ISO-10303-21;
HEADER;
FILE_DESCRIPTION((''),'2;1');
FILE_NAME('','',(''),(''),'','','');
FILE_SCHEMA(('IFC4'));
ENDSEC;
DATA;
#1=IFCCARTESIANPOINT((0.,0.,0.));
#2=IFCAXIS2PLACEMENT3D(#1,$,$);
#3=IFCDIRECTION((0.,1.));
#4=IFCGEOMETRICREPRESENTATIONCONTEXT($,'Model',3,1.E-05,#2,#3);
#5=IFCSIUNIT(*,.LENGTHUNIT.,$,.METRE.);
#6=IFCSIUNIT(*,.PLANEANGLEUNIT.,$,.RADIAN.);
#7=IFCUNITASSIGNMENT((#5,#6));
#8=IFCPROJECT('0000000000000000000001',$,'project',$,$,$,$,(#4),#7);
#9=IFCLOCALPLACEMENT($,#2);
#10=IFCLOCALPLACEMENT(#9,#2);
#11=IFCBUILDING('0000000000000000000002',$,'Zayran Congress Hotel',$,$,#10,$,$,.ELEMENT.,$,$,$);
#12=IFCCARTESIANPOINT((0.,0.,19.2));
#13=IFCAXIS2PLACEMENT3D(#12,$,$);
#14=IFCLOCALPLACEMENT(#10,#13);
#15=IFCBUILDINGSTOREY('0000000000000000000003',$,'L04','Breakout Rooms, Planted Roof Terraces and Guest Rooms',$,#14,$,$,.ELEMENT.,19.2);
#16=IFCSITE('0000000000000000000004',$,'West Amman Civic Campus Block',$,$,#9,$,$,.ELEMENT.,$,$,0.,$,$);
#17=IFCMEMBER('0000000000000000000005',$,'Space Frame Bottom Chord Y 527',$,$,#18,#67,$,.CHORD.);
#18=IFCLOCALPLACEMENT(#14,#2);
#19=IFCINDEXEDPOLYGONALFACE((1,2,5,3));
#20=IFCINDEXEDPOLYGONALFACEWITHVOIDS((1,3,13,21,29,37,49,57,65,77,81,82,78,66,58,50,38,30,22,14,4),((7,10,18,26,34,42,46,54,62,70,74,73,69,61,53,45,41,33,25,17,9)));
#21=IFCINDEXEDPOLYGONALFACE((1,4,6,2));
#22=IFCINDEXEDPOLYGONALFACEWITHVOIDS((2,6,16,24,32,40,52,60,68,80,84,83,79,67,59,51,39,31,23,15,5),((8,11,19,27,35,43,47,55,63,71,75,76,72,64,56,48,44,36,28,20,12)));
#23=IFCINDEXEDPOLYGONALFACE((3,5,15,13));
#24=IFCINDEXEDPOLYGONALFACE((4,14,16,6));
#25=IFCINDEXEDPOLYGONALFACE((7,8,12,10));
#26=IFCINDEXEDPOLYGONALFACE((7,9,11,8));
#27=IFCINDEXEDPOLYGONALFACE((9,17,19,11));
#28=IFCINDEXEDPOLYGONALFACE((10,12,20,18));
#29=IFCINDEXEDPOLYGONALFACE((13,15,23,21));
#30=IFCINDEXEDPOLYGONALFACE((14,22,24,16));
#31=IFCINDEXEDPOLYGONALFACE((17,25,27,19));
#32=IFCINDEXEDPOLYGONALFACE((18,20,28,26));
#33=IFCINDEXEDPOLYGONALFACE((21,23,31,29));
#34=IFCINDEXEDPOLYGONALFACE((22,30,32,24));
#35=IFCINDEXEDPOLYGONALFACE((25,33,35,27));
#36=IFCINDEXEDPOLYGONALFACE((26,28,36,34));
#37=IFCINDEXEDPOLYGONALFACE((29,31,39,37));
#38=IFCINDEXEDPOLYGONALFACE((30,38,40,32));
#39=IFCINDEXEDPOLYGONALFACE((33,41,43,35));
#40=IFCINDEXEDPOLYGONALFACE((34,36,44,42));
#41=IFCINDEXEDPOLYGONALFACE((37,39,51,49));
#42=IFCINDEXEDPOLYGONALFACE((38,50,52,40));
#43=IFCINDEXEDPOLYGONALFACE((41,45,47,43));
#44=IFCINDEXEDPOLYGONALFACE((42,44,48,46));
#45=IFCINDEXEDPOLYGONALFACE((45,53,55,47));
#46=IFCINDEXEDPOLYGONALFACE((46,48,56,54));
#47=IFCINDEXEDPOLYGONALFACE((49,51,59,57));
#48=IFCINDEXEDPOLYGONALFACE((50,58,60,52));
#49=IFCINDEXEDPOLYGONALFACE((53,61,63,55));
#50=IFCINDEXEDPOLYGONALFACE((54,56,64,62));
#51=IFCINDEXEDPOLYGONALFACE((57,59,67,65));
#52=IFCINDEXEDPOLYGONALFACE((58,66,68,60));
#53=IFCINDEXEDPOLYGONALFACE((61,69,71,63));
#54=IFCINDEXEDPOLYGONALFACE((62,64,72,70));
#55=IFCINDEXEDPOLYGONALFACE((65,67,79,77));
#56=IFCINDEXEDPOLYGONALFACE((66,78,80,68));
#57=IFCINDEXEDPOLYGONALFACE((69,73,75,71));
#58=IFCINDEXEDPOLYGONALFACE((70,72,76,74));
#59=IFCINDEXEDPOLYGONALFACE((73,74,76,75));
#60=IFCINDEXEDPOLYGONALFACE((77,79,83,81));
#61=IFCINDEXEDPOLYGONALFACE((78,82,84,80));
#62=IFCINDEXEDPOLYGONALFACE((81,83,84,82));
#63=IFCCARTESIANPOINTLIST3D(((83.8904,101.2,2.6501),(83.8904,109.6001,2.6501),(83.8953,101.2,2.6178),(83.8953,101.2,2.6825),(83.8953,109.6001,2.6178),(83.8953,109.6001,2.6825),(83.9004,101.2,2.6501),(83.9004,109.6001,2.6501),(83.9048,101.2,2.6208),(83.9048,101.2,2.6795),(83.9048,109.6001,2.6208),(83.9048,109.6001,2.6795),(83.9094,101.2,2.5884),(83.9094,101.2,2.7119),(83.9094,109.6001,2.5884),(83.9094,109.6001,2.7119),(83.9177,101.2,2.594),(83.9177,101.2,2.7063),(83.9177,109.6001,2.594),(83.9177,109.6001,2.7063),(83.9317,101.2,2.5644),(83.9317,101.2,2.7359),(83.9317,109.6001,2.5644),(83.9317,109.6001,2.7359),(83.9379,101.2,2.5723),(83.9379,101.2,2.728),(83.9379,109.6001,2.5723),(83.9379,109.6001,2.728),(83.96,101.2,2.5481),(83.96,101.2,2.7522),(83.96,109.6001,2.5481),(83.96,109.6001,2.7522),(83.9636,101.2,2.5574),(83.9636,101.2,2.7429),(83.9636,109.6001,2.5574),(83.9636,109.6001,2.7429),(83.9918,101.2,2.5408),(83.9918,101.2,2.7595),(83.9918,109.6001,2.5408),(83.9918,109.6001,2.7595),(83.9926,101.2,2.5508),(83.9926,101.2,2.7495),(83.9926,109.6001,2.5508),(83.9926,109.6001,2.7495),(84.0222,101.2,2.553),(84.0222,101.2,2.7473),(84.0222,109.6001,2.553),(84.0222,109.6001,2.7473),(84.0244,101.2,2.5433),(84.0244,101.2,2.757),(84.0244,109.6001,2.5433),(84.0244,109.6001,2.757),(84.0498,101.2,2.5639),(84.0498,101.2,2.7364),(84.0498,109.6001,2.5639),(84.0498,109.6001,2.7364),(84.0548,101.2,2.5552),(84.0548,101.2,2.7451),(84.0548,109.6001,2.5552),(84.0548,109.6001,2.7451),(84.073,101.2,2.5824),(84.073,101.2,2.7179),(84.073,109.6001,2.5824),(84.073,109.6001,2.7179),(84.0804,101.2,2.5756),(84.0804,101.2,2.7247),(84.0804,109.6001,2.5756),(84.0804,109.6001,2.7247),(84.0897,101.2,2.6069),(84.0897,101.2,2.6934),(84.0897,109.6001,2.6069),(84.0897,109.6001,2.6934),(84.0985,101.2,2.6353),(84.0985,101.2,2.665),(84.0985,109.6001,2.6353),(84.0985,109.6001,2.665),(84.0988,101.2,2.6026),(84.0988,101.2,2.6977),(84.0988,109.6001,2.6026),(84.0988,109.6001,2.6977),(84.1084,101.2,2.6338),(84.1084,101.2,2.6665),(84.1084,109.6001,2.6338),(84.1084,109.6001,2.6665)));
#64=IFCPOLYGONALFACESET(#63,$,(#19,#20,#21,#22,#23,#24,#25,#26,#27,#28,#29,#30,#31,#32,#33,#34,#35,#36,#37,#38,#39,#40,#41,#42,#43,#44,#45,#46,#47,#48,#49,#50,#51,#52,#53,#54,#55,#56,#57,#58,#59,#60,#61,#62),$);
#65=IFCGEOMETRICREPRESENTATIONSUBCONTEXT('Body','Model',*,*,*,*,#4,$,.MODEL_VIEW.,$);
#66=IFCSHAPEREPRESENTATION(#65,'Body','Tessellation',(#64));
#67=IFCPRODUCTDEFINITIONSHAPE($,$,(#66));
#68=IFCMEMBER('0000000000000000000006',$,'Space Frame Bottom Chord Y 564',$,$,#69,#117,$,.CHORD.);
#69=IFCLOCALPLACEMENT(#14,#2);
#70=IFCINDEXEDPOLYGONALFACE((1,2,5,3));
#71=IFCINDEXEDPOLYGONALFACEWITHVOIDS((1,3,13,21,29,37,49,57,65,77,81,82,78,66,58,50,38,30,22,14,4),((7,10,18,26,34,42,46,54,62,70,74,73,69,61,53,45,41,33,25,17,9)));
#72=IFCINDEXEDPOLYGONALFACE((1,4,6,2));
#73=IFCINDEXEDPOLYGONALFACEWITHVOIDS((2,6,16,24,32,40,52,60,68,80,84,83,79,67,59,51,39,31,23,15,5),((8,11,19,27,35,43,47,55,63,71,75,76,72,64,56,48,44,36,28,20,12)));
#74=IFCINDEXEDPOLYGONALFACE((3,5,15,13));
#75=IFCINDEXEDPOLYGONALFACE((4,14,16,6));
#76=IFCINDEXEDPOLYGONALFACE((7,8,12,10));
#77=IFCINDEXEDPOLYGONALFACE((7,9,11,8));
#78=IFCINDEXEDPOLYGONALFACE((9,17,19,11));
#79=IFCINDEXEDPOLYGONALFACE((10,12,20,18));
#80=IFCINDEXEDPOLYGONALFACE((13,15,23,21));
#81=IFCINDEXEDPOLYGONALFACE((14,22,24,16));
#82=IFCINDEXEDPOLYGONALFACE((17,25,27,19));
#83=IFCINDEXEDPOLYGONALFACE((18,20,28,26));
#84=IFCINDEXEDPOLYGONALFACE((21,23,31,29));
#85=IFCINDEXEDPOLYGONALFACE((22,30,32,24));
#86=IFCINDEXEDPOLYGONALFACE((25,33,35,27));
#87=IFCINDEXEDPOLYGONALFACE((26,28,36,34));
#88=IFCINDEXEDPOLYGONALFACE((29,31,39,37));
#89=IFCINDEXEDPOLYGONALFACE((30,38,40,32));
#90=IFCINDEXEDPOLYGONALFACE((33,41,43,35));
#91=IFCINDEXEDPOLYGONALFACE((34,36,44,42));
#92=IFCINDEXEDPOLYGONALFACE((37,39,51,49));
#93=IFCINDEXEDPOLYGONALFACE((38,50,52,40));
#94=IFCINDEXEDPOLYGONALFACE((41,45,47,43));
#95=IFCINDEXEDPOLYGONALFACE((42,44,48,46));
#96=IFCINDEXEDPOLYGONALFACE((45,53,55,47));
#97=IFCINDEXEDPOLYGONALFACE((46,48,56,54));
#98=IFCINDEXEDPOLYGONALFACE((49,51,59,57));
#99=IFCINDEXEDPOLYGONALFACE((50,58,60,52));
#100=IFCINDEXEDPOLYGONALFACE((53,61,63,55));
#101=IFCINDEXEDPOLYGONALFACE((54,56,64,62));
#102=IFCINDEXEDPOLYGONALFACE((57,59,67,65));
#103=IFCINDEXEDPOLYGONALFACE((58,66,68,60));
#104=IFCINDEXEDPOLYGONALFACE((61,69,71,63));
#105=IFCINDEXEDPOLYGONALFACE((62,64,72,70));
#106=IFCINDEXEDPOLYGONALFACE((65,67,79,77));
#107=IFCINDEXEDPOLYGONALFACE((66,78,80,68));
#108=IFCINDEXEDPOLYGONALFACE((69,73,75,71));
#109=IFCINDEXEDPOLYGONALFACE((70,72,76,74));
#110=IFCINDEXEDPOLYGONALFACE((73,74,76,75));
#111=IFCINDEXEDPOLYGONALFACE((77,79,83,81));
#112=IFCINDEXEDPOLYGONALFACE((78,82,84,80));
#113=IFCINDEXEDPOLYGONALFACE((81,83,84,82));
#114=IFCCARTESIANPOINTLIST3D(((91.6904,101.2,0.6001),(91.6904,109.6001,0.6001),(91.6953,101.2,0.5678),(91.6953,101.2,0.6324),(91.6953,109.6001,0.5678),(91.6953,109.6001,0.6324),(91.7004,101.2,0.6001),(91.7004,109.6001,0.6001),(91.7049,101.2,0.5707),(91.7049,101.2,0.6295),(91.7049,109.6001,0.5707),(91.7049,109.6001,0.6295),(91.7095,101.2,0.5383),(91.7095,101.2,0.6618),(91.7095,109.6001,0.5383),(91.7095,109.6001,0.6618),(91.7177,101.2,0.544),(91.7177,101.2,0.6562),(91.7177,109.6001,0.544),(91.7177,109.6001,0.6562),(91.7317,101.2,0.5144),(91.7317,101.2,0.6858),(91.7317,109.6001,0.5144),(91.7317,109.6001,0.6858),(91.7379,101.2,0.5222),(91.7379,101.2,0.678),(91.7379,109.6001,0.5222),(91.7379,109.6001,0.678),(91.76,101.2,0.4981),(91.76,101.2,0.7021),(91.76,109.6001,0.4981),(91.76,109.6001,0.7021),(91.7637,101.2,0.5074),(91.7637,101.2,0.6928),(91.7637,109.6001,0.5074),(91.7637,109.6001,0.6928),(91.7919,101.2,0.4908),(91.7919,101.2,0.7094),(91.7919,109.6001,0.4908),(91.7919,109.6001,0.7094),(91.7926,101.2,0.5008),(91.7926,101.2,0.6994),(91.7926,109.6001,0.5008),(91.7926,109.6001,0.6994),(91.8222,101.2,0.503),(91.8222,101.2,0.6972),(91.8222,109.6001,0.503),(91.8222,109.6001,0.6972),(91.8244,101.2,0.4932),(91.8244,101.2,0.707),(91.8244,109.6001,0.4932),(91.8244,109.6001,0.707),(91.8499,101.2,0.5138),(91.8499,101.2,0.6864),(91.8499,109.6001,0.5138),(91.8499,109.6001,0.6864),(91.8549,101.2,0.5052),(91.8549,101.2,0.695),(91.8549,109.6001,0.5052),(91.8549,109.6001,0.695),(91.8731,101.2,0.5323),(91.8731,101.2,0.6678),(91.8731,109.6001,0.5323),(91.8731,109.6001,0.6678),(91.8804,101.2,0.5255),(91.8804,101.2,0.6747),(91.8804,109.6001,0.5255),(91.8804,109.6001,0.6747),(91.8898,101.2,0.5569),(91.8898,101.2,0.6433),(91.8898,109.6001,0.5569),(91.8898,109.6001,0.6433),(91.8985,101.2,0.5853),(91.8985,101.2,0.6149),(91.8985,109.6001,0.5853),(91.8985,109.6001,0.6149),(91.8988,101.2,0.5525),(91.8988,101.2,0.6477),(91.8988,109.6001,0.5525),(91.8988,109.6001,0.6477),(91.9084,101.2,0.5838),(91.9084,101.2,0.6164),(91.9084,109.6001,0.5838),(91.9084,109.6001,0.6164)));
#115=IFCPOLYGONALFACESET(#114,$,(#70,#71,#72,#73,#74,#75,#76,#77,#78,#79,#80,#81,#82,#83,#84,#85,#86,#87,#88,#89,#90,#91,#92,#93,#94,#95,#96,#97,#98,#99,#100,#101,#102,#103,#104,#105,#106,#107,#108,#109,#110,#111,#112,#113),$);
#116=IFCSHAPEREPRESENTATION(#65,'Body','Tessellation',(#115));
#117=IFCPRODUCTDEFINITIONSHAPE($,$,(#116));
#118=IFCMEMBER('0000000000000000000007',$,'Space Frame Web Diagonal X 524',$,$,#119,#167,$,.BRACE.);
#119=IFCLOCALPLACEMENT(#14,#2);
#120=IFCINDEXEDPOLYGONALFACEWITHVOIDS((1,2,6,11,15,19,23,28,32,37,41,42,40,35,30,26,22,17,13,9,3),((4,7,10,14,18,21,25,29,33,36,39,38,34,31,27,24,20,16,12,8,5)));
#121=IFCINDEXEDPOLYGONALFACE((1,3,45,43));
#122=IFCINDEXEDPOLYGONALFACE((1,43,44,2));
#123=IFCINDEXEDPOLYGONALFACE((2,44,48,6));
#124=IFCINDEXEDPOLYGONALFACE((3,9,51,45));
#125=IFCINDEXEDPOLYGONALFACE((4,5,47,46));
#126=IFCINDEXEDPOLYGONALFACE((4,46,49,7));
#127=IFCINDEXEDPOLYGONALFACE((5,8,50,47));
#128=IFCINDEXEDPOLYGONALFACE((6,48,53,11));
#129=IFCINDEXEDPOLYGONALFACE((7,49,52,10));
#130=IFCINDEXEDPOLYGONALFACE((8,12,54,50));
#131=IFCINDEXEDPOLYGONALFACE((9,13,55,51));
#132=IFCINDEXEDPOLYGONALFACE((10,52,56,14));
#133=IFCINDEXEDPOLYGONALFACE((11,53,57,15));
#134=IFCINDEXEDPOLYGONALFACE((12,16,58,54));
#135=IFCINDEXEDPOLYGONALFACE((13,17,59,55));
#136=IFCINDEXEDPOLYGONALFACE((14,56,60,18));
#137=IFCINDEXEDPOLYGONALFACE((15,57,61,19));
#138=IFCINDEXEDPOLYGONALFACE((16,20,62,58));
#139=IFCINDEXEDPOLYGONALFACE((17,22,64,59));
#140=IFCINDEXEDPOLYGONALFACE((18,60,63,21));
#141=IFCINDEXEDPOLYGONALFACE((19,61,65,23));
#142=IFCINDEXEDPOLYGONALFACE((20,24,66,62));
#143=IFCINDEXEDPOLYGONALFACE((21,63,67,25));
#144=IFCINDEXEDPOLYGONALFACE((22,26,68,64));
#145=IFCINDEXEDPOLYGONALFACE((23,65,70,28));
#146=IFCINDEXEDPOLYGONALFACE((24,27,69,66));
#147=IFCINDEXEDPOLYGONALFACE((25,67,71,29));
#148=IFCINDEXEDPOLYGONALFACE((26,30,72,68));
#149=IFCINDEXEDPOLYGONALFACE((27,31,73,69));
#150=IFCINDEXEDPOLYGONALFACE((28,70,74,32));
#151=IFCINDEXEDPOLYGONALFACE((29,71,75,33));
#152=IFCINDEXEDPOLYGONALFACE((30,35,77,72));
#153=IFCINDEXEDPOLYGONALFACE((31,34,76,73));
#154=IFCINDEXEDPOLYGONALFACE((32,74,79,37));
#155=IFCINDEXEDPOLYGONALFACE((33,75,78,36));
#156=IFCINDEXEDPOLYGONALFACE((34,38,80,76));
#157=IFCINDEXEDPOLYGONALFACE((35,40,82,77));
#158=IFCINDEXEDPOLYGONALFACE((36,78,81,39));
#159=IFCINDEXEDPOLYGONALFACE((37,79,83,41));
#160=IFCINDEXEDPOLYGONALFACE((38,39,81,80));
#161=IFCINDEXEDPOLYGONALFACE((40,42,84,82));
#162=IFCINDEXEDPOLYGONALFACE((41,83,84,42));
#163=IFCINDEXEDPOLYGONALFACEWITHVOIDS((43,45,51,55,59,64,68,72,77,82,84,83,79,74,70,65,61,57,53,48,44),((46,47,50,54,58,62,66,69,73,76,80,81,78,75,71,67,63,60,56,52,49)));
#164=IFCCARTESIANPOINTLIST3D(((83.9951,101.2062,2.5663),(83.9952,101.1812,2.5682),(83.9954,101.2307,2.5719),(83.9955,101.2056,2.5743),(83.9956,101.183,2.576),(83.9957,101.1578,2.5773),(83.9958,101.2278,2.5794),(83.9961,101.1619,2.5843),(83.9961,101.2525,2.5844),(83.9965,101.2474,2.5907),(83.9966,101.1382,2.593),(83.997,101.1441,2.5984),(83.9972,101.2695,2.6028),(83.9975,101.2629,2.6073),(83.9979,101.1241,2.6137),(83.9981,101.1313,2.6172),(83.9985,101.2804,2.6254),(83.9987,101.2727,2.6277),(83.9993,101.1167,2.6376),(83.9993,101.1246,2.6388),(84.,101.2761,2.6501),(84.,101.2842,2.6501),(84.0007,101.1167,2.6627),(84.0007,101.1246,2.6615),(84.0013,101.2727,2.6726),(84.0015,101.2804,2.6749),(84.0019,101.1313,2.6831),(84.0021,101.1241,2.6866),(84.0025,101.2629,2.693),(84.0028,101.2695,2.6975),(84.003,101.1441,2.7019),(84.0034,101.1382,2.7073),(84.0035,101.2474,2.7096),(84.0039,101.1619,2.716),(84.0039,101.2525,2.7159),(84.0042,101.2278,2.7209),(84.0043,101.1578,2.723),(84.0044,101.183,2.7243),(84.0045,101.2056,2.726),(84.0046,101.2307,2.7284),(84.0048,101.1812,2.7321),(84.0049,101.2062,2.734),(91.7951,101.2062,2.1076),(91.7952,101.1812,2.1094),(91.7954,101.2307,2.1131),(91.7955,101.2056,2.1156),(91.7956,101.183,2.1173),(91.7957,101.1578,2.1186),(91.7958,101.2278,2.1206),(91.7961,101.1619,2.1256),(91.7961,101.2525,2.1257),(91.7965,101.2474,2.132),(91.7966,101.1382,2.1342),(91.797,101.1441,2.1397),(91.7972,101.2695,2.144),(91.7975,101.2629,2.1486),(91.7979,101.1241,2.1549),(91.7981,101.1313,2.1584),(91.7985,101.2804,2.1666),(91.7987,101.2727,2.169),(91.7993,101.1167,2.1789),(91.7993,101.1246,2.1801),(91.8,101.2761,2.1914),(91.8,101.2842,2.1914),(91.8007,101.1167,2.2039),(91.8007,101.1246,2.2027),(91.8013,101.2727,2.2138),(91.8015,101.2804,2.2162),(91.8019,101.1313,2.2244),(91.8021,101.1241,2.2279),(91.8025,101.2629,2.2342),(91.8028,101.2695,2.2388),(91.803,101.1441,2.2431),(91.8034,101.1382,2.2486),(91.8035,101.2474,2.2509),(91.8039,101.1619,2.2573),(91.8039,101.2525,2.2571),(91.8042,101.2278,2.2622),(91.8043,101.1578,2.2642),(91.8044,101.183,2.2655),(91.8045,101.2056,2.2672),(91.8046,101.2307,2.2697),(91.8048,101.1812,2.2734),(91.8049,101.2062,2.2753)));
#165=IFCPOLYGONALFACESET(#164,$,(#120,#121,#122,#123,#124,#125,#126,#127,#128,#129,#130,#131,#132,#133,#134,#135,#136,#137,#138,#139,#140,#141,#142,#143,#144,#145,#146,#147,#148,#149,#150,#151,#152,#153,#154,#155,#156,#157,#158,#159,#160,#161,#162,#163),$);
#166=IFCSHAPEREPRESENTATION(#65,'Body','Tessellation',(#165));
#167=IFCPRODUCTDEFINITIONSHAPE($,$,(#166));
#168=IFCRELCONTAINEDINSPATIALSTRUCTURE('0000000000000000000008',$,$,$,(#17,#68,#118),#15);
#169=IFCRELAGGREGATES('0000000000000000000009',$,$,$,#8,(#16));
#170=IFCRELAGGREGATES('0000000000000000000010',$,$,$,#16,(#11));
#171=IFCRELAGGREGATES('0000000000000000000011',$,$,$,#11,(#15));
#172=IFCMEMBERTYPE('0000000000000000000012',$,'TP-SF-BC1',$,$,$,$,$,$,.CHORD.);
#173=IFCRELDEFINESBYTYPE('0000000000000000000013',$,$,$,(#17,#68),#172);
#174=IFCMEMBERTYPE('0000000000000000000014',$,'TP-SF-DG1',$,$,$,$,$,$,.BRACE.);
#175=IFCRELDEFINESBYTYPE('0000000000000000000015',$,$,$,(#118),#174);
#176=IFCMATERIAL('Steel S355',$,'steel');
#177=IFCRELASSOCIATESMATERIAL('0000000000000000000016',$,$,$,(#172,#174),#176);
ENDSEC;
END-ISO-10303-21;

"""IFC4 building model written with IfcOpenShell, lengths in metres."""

from ifc_helpers import new_model, si_unit, direction, frame, origin, origin_2d, place, context, subcontext, project, spatial, hollow_circle, extrude, material, material_profile, profile_set, type_object, element, save


model = new_model("IFC4")

# Units and contexts
model_context = context("Model", 3, precision=1e-05, world=origin(), true_north=direction((0.0, 1.0)))
body_context = subcontext(model_context, "Body", "Model", "MODEL_VIEW")
ifc_project = project(units=[si_unit("LENGTHUNIT", "METRE"), si_unit("PLANEANGLEUNIT", "RADIAN")], contexts=[model_context])

# Site, building, storey
site_placement = place(None, origin())
site = spatial("IfcSite", under=ifc_project, at=site_placement, Name="West Amman Civic Campus Block", CompositionType="ELEMENT", RefElevation=0.0)
building_placement = place(site_placement, origin())
building = spatial("IfcBuilding", under=site, at=building_placement, Name="Zayran Congress Hotel", CompositionType="ELEMENT")
storey_placement = place(building_placement, frame((0.0, 0.0, 19.2)))
storey = spatial("IfcBuildingStorey", under=building, at=storey_placement, Name="L04", Description="Breakout Rooms, Planted Roof Terraces and Guest Rooms", CompositionType="ELEMENT", Elevation=19.2)

# Shared definitions
ifc_material = material(Name="Steel S355", Category="steel")

# Members
ifc_material_profile_1 = material_profile(ifc_material, hollow_circle(Radius=0.1096, WallThickness=0.01, at=origin_2d()), Name="CHS 219.1x10")
ifc_profile_set_1 = profile_set([ifc_material_profile_1], Name="Steel S355")
member_type_1 = type_object("IfcMemberType", Name="TP-SF-BC1", PredefinedType="CHORD", material=ifc_profile_set_1)
for number, where, z_axis, x_axis, name in (
    (1, (84.0, 101.2, 2.6501), (0.0, 1.0, 0.0), (-1.0, 0.0, 0.0), "Space Frame Bottom Chord Y 527"),
    (2, (91.8, 101.2, 0.6001), (0.0, 1.0, 0.0), (-1.0, 0.0, 0.0), "Space Frame Bottom Chord Y 564"),
):
    element("IfcMember", number, at=place(storey_placement, frame(where, z_axis=z_axis, x_axis=x_axis)), inside=storey, type_object=member_type_1, Name=name, PredefinedType="CHORD", context=body_context, shape_type="SweptSolid", body=[
        extrude(hollow_circle(Radius=0.1096, WallThickness=0.01, at=origin_2d()), origin(), (0.0, 0.0, 1.0), 8.4001),
    ])
ifc_material_profile_2 = material_profile(ifc_material, hollow_circle(Radius=0.0842, WallThickness=0.0081, at=origin_2d()), Name="CHS 168.3x8")
ifc_profile_set_2 = profile_set([ifc_material_profile_2], Name="Steel S355")
member_type_2 = type_object("IfcMemberType", Name="TP-SF-DG1", PredefinedType="BRACE", material=ifc_profile_set_2)
member_1_placement = place(storey_placement, frame((84.0, 101.2, 2.6501), z_axis=(0.998275, 0.0, -0.058711), x_axis=(0.0, 1.0, 0.0)))
element("IfcMember", 3, at=member_1_placement, inside=storey, type_object=member_type_2, Name="Space Frame Web Diagonal X 524", PredefinedType="BRACE", context=body_context, shape_type="SweptSolid", body=[
    extrude(hollow_circle(Radius=0.0842, WallThickness=0.0081, at=origin_2d()), origin(), (0.0, 0.0, 1.0), 7.8135),
])

save(model, "model.ifc")
